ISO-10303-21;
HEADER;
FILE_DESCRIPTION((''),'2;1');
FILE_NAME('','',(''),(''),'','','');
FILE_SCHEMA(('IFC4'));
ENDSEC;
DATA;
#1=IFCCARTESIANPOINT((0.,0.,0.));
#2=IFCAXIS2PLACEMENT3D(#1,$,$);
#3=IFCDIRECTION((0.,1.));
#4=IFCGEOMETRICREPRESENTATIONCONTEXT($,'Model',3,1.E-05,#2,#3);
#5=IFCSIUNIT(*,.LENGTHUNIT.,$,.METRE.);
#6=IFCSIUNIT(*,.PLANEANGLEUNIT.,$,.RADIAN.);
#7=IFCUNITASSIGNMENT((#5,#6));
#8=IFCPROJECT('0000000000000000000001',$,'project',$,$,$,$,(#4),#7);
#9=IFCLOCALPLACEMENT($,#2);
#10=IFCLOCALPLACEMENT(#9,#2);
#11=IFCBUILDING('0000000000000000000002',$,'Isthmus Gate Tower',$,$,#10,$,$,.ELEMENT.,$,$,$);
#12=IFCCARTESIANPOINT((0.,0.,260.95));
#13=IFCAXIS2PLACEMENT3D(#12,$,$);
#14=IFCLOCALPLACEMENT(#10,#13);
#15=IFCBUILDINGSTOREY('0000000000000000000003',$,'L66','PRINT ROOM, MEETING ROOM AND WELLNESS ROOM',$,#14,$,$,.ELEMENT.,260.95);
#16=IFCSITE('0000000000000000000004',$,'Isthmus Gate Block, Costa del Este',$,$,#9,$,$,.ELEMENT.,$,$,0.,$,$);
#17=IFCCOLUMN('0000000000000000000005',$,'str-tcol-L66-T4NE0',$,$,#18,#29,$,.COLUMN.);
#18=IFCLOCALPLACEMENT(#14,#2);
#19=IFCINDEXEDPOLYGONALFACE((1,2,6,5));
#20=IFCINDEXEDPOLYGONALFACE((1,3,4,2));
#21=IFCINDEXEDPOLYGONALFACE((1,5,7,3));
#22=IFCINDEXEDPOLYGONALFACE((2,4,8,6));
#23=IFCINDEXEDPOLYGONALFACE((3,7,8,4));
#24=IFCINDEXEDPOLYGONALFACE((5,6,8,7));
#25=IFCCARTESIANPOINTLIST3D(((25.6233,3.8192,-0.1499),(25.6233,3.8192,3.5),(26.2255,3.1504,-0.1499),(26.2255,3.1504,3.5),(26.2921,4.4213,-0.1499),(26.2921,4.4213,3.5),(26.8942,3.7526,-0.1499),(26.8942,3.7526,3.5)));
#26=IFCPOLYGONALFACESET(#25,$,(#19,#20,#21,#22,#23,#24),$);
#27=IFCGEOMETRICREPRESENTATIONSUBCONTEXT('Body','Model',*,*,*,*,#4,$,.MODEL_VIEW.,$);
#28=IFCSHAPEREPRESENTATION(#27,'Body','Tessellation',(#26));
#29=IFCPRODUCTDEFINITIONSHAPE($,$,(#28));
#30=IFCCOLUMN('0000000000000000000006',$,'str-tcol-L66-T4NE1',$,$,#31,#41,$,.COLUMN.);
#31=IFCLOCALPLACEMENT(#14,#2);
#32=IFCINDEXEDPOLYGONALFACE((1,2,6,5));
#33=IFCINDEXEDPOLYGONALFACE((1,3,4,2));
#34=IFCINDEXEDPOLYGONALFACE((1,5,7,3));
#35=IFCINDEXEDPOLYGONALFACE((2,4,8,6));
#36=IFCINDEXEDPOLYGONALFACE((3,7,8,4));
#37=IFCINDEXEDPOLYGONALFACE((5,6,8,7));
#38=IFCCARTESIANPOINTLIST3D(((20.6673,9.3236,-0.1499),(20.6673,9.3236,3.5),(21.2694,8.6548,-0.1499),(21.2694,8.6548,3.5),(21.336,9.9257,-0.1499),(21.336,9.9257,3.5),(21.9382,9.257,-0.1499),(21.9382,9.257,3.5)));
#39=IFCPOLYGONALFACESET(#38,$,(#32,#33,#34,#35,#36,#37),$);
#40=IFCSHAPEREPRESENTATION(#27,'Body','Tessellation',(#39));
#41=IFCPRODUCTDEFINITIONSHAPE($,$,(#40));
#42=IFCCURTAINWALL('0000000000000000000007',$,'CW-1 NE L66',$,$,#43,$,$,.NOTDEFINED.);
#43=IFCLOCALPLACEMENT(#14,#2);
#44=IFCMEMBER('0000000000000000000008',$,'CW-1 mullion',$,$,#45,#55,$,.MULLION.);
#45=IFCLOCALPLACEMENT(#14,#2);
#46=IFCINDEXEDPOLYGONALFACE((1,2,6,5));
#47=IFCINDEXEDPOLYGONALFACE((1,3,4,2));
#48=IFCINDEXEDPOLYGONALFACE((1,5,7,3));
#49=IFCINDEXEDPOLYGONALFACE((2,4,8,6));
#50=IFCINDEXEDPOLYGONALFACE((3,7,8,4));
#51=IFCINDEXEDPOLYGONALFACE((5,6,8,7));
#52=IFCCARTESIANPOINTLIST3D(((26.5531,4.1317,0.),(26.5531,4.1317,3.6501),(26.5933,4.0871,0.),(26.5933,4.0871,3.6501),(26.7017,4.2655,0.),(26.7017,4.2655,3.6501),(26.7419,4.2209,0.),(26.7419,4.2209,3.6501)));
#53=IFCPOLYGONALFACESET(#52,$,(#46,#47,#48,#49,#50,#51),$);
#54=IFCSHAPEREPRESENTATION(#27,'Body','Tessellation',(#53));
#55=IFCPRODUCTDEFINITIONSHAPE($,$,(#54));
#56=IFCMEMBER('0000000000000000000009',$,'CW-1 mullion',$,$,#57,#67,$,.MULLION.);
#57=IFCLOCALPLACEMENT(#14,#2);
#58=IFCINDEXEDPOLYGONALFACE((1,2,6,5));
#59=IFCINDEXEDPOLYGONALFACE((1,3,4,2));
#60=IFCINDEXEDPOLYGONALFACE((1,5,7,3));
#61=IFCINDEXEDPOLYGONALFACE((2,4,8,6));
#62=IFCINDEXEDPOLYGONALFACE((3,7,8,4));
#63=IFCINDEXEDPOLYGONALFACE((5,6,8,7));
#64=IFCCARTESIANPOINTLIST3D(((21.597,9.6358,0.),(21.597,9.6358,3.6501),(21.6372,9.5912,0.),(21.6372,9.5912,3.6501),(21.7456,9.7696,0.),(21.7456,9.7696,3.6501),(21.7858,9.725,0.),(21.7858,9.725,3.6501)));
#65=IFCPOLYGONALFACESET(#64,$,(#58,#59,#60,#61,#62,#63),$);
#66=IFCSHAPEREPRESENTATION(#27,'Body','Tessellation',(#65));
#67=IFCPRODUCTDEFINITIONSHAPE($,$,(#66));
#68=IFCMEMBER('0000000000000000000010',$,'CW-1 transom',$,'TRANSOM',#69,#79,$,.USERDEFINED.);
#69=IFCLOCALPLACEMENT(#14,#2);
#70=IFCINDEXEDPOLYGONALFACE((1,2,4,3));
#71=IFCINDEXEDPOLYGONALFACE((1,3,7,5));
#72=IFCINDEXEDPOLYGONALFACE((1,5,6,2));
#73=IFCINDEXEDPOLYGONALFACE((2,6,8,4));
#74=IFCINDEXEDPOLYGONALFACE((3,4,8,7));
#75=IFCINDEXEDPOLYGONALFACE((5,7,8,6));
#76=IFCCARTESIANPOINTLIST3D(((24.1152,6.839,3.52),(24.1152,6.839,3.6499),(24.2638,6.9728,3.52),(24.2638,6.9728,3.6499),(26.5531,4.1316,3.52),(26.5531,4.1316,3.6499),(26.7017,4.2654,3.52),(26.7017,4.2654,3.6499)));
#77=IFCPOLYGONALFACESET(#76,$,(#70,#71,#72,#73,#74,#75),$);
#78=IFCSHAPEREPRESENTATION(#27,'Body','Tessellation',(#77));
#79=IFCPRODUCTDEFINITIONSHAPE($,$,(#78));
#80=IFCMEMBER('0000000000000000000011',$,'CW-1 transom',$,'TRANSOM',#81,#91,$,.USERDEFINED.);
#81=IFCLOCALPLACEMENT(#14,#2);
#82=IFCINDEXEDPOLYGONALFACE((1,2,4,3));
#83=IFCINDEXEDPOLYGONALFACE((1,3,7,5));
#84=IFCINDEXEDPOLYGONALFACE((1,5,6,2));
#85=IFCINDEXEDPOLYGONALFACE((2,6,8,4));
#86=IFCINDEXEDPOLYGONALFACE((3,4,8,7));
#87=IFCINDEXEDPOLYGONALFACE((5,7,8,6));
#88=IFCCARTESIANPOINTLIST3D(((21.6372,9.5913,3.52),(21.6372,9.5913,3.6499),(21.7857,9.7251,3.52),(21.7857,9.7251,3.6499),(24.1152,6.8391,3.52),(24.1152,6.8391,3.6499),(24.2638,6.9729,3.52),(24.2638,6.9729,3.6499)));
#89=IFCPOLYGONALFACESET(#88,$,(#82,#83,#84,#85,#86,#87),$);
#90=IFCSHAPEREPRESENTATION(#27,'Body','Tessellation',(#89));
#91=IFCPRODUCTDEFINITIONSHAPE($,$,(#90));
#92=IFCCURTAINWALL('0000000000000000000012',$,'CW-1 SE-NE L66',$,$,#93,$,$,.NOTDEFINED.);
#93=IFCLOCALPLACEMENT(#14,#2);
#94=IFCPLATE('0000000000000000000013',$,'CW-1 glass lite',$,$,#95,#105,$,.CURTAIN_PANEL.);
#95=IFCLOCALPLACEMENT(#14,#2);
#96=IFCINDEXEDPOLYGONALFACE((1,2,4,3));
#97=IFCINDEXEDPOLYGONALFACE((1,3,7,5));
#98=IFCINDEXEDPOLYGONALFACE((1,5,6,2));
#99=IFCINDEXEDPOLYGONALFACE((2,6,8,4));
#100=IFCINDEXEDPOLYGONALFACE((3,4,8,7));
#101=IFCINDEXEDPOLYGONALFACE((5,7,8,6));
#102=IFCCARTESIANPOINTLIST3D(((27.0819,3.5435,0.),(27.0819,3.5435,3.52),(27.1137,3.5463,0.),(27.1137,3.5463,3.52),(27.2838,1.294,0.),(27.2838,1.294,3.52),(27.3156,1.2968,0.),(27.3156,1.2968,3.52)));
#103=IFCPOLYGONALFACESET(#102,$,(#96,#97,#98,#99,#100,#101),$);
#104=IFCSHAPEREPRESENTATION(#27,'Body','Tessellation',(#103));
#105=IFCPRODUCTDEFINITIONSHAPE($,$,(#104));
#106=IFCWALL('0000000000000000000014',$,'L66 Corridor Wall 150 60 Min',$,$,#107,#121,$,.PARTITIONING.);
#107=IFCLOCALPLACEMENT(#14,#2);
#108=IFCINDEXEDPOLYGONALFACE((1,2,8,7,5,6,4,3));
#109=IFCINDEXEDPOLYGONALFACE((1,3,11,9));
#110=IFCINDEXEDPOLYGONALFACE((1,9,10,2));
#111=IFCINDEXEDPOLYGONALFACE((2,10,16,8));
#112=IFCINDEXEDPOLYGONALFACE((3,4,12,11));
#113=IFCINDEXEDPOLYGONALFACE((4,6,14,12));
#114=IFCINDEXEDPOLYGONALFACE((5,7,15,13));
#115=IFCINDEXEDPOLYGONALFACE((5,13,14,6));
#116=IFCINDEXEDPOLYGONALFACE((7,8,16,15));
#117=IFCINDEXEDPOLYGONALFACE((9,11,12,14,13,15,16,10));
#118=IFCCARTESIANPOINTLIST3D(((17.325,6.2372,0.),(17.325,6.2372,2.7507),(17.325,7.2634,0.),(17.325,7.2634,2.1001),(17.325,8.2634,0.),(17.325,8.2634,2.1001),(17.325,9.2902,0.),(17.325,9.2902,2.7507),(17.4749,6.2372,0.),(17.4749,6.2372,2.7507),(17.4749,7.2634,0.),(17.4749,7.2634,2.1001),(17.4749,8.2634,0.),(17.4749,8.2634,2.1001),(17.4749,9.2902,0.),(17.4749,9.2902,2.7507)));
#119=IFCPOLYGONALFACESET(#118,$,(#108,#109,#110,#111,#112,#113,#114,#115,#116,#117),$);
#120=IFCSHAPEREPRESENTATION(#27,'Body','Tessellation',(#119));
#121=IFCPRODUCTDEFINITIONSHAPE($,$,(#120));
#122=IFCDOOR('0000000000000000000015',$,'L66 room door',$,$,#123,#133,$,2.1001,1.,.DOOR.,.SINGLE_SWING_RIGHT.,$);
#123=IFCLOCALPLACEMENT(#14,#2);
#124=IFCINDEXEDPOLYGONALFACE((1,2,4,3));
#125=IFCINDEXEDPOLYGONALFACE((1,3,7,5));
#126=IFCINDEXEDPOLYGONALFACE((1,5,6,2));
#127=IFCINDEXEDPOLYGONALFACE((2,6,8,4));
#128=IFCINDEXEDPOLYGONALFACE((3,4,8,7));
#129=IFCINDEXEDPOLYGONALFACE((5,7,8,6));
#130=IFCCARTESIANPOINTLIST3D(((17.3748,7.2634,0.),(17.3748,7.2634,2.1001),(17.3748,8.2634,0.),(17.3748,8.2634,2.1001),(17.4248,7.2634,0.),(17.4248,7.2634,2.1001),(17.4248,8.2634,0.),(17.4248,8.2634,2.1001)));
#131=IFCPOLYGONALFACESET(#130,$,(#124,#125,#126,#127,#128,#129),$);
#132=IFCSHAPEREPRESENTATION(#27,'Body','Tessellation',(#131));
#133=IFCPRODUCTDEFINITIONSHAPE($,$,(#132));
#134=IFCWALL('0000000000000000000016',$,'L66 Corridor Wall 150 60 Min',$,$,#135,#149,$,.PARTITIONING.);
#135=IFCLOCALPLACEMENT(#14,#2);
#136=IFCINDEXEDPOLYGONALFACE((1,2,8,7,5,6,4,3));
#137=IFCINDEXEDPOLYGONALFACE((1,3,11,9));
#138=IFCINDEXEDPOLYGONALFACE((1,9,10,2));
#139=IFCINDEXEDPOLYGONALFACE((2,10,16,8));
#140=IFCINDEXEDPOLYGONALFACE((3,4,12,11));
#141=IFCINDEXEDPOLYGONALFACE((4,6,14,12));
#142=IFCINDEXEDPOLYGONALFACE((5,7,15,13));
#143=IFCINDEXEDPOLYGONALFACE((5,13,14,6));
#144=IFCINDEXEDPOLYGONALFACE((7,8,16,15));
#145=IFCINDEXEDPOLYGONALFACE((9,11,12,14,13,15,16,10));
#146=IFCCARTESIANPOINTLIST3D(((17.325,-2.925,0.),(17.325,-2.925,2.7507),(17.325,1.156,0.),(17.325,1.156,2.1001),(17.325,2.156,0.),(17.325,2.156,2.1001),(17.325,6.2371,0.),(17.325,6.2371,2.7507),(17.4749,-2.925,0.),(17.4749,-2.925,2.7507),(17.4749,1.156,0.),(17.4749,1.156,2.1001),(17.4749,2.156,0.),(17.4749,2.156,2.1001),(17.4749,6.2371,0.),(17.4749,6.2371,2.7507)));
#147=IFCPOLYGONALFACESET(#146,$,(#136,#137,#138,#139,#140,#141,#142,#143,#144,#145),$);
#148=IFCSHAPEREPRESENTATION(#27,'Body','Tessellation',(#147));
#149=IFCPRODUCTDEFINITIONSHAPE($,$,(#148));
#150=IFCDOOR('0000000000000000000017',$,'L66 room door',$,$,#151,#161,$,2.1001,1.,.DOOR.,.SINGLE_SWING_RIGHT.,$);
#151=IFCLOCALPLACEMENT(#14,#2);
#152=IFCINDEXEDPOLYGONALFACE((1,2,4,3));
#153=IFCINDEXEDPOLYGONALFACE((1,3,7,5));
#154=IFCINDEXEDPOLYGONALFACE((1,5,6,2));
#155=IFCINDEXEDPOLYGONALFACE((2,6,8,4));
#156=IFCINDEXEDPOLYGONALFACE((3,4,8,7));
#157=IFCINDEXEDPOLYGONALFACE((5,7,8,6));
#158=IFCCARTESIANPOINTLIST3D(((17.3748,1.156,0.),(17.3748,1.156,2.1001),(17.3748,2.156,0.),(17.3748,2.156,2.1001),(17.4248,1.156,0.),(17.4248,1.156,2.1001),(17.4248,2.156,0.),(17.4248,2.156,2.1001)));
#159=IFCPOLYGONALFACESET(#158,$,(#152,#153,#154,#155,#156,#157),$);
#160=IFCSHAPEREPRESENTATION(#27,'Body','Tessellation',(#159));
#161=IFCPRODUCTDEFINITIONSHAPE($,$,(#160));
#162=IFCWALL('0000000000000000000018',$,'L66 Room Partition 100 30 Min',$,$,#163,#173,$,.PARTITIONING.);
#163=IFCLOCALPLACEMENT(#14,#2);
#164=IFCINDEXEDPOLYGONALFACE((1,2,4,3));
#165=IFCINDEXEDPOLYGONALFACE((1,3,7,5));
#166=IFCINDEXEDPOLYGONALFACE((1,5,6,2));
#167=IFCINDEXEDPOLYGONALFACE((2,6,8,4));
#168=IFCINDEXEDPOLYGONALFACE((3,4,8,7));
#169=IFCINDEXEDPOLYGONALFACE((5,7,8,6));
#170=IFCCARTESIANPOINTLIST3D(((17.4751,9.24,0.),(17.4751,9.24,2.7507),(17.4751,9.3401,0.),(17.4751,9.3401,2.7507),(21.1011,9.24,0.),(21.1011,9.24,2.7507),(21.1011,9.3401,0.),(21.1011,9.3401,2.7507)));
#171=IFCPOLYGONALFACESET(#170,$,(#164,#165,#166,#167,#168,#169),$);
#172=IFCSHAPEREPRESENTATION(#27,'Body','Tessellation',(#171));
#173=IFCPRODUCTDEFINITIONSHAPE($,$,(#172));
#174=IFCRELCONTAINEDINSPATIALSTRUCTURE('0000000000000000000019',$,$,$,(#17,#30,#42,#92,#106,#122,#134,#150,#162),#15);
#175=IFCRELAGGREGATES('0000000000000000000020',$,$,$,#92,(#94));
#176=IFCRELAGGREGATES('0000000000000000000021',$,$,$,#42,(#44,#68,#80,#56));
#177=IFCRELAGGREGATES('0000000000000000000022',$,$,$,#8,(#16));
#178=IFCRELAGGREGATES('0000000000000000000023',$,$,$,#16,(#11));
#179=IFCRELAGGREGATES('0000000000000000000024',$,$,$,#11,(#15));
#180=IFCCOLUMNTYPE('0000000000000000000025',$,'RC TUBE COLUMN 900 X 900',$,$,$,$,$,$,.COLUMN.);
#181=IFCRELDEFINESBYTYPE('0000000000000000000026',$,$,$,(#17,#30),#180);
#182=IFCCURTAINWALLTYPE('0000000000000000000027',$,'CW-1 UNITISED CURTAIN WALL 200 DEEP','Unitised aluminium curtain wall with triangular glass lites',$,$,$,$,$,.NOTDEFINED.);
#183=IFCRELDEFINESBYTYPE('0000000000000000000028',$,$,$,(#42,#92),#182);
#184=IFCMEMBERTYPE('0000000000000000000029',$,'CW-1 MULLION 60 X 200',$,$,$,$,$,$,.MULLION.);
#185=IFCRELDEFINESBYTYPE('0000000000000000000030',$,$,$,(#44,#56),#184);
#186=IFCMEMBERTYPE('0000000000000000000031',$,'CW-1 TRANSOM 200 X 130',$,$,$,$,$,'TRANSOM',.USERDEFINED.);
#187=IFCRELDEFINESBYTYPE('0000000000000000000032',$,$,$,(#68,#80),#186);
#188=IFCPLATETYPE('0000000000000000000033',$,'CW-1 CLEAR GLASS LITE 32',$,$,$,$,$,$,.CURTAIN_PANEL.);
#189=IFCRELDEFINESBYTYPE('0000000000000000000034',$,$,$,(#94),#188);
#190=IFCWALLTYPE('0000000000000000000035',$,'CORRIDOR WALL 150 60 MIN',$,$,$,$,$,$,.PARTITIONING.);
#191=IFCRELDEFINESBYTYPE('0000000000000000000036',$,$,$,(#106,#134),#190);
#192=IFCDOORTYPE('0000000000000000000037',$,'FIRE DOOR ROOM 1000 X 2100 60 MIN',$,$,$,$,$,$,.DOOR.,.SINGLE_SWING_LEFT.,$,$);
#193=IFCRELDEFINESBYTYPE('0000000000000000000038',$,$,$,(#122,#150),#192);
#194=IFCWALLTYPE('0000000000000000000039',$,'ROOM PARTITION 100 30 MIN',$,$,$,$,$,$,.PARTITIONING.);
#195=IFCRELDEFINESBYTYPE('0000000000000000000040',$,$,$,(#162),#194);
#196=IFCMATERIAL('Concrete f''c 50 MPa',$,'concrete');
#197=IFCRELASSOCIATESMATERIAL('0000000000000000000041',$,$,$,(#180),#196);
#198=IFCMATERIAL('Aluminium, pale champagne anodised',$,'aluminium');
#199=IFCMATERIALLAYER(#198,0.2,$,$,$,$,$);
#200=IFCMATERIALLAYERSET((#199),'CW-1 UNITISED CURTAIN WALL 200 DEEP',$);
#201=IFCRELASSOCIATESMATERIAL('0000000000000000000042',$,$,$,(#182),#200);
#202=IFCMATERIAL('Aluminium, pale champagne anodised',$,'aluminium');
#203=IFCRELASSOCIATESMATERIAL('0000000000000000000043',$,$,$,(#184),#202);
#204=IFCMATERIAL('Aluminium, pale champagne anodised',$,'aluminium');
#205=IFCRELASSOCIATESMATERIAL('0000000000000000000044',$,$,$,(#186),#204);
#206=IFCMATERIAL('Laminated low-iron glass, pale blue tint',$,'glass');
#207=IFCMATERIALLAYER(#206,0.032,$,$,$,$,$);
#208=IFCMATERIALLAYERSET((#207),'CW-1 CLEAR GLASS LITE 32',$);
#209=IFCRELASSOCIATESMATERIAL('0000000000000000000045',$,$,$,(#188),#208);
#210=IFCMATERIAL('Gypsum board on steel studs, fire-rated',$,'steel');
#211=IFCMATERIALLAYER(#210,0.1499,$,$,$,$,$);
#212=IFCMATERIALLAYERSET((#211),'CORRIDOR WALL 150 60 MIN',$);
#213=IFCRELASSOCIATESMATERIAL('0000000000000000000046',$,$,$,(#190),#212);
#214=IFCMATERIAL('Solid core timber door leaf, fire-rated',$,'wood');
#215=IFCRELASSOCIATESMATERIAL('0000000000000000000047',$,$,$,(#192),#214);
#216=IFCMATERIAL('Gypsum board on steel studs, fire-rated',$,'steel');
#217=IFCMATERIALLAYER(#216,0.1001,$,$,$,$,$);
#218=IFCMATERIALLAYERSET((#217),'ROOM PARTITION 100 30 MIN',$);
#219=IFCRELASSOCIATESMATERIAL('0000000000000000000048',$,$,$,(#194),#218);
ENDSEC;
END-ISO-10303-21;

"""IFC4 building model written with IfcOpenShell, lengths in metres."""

from ifc_helpers import new_model, si_unit, direction, frame, frame_2d, origin, origin_2d, place, context, subcontext, project, spatial, rectangle, extrude, material, layer, layer_set, material_profile, profile_set, type_object, element, fill, aggregate, save


model = new_model("IFC4")

# Units and contexts
model_context = context("Model", 3, precision=1e-05, world=origin(), true_north=direction((0.0, 1.0)))
body_context = subcontext(model_context, "Body", "Model", "MODEL_VIEW")
ifc_project = project(units=[si_unit("LENGTHUNIT", "METRE"), si_unit("PLANEANGLEUNIT", "RADIAN")], contexts=[model_context])

# Site, building, storey
site_placement = place(None, origin())
site = spatial("IfcSite", under=ifc_project, at=site_placement, Name="Isthmus Gate Block, Costa del Este", CompositionType="ELEMENT", RefElevation=0.0)
building_placement = place(site_placement, origin())
building = spatial("IfcBuilding", under=site, at=building_placement, Name="Isthmus Gate Tower", CompositionType="ELEMENT")
storey_placement = place(building_placement, frame((0.0, 0.0, 260.95)))
storey = spatial("IfcBuildingStorey", under=building, at=storey_placement, Name="L66", Description="PRINT ROOM, MEETING ROOM AND WELLNESS ROOM", CompositionType="ELEMENT", Elevation=260.95)

# Columns
ifc_material_1 = material(Name="Concrete f'c 50 MPa", Category="concrete")
ifc_material_profile_1 = material_profile(ifc_material_1, rectangle(XDim=0.8999, YDim=0.8999, at=origin_2d()), Name="RC 900X900")
ifc_profile_set_1 = profile_set([ifc_material_profile_1], Name="Concrete f'c 50 MPa")
column_type = type_object("IfcColumnType", Name="RC TUBE COLUMN 900 X 900", PredefinedType="COLUMN", material=ifc_profile_set_1)
for number, where, z_axis, x_axis, name in (
    (1, (26.2588, 3.7859, -0.1499), (0.0, 0.0, 1.0), (-0.669131, 0.743145, 0.0), "str-tcol-L66-T4NE0"),
    (2, (21.3027, 9.2903, -0.1499), (0.0, 0.0, 1.0), (-0.669131, 0.743145, 0.0), "str-tcol-L66-T4NE1"),
):
    element("IfcColumn", number, at=place(storey_placement, frame(where, z_axis=z_axis, x_axis=x_axis)), inside=storey, type_object=column_type, Name=name, PredefinedType="COLUMN", context=body_context, shape_type="SweptSolid", body=[
        extrude(rectangle(XDim=0.8999, YDim=0.8999, at=origin_2d()), origin(), (0.0, 0.0, 1.0), 3.6499),
    ])

# Curtain wall, members
ifc_material_2 = material(Name="Aluminium, pale champagne anodised", Category="aluminium")
ifc_layer_1 = layer(ifc_material_2, 0.2)
ifc_layer_set_1 = layer_set([ifc_layer_1], Name="CW-1 UNITISED CURTAIN WALL 200 DEEP")
curtain_wall_type = type_object("IfcCurtainWallType", Name="CW-1 UNITISED CURTAIN WALL 200 DEEP", Description="Unitised aluminium curtain wall with triangular glass lites", PredefinedType="NOTDEFINED", material=ifc_layer_set_1)
curtain_wall_1_placement = place(storey_placement, origin())
curtain_wall_1 = element("IfcCurtainWall", 3, at=curtain_wall_1_placement, inside=storey, type_object=curtain_wall_type, Name="CW-1 NE L66", PredefinedType="NOTDEFINED")
ifc_material_3 = material(Name="Aluminium, pale champagne anodised", Category="aluminium")
ifc_material_profile_2 = material_profile(ifc_material_3, rectangle(XDim=0.0601, YDim=0.2, at=origin_2d()), Name="60x200")
ifc_profile_set_2 = profile_set([ifc_material_profile_2], Name="Aluminium, pale champagne anodised")
member_type_1 = type_object("IfcMemberType", Name="CW-1 MULLION 60 X 200", PredefinedType="MULLION", material=ifc_profile_set_2)
member_1_placement = place(storey_placement, frame((26.6475, 4.1763, 0.0), z_axis=(0.0, 0.0, 1.0), x_axis=(-0.669131, 0.743145, 0.0)))
member_1 = element("IfcMember", 4, at=member_1_placement, type_object=member_type_1, Name="CW-1 mullion", PredefinedType="MULLION", context=body_context, shape_type="SweptSolid", body=[
    extrude(rectangle(XDim=0.0601, YDim=0.2, at=origin_2d()), origin(), (0.0, 0.0, 1.0), 3.6501),
])
member_2_placement = place(storey_placement, frame((21.6914, 9.6804, 0.0), z_axis=(0.0, 0.0, 1.0), x_axis=(-0.669131, 0.743145, 0.0)))
member_2 = element("IfcMember", 5, at=member_2_placement, type_object=member_type_1, Name="CW-1 mullion", PredefinedType="MULLION", context=body_context, shape_type="SweptSolid", body=[
    extrude(rectangle(XDim=0.0601, YDim=0.2, at=origin_2d()), origin(), (0.0, 0.0, 1.0), 3.6501),
])
ifc_material_4 = material(Name="Aluminium, pale champagne anodised", Category="aluminium")
ifc_material_profile_3 = material_profile(ifc_material_4, rectangle(XDim=0.2, YDim=0.1299, at=origin_2d()), Name="200x130")
ifc_profile_set_3 = profile_set([ifc_material_profile_3], Name="Aluminium, pale champagne anodised")
member_type_2 = type_object("IfcMemberType", Name="CW-1 TRANSOM 200 X 130", ElementType="TRANSOM", PredefinedType="USERDEFINED", material=ifc_profile_set_3)
member_3_placement = place(storey_placement, frame((26.6274, 4.1985, 3.585), z_axis=(-0.66915, 0.743128, 0.0), x_axis=(-0.743128, -0.66915, 0.0)))
member_3 = element("IfcMember", 6, at=member_3_placement, type_object=member_type_2, Name="CW-1 transom", ObjectType="TRANSOM", PredefinedType="USERDEFINED", context=body_context, shape_type="SweptSolid", body=[
    extrude(rectangle(XDim=0.2, YDim=0.1299, at=origin_2d()), origin(), (0.0, 0.0, 1.0), 3.6433),
])
member_4_placement = place(storey_placement, frame((24.1895, 6.906, 3.585), z_axis=(-0.669121, 0.743153, 0.0), x_axis=(-0.743153, -0.669121, 0.0)))
member_4 = element("IfcMember", 7, at=member_4_placement, type_object=member_type_2, Name="CW-1 transom", ObjectType="TRANSOM", PredefinedType="USERDEFINED", context=body_context, shape_type="SweptSolid", body=[
    extrude(rectangle(XDim=0.2, YDim=0.1299, at=origin_2d()), origin(), (0.0, 0.0, 1.0), 3.7034),
])

# Curtain wall, plate
curtain_wall_2_placement = place(storey_placement, origin())
curtain_wall_2 = element("IfcCurtainWall", 8, at=curtain_wall_2_placement, inside=storey, type_object=curtain_wall_type, Name="CW-1 SE-NE L66", PredefinedType="NOTDEFINED")
ifc_material_5 = material(Name="Laminated low-iron glass, pale blue tint", Category="glass")
ifc_layer_2 = layer(ifc_material_5, 0.032)
ifc_layer_set_2 = layer_set([ifc_layer_2], Name="CW-1 CLEAR GLASS LITE 32")
plate_type = type_object("IfcPlateType", Name="CW-1 CLEAR GLASS LITE 32", PredefinedType="CURTAIN_PANEL", material=ifc_layer_set_2)
plate_placement = place(storey_placement, frame((27.1987, 2.4202, 0.0), z_axis=(0.0, 0.0, 1.0), x_axis=(-0.089397, 0.995996, 0.0)))
plate = element("IfcPlate", 9, at=plate_placement, type_object=plate_type, Name="CW-1 glass lite", PredefinedType="CURTAIN_PANEL", context=body_context, shape_type="SweptSolid", body=[
    extrude(rectangle(XDim=2.2585, YDim=0.032, at=origin_2d()), origin(), (0.0, 0.0, 1.0), 3.52),
])
aggregate(curtain_wall_2, [plate])

# Walls, openings, doors
ifc_material_6 = material(Name="Gypsum board on steel studs, fire-rated", Category="steel")
ifc_layer_3 = layer(ifc_material_6, 0.1499)
ifc_layer_set_3 = layer_set([ifc_layer_3], Name="CORRIDOR WALL 150 60 MIN")
wall_type_1 = type_object("IfcWallType", Name="CORRIDOR WALL 150 60 MIN", PredefinedType="PARTITIONING", material=ifc_layer_set_3)
wall_1_placement = place(storey_placement, frame((17.3999, 9.29, 0.0), z_axis=(0.0, 0.0, 1.0), x_axis=(0.0, -1.0, 0.0)))
wall_1 = element("IfcWall", 10, at=wall_1_placement, inside=storey, type_object=wall_type_1, Name="L66 Corridor Wall 150 60 Min", PredefinedType="PARTITIONING", context=body_context, shape_type="SweptSolid", body=[
    extrude(rectangle(XDim=3.053, YDim=0.1499, at=frame_2d((1.5264, 0.0))), origin(), (0.0, 0.0, 1.0), 2.7507),
])
opening_1_placement = place(wall_1_placement, frame((1.0266, 0.0, 0.0)))
opening_1 = element("IfcOpeningElement", 11, at=opening_1_placement, cuts=wall_1, PredefinedType="OPENING", context=body_context, shape_type="SweptSolid", body=[
    extrude(rectangle(XDim=1.0, YDim=2.1001, at=frame_2d((0.5, 1.05))), frame((0.0, 0.085, 0.0), z_axis=(0.0, -1.0, 0.0), x_axis=(1.0, 0.0, 0.0)), (0.0, 0.0, 1.0), 0.1699),
])
ifc_material_7 = material(Name="Solid core timber door leaf, fire-rated", Category="wood")
door_type = type_object("IfcDoorType", Name="FIRE DOOR ROOM 1000 X 2100 60 MIN", OperationType="SINGLE_SWING_LEFT", PredefinedType="DOOR", material=ifc_material_7)
door_1_placement = place(opening_1_placement, origin())
door_1 = element("IfcDoor", 12, at=door_1_placement, inside=storey, type_object=door_type, Name="L66 room door", OperationType="SINGLE_SWING_RIGHT", OverallHeight=2.1001, OverallWidth=1.0, PredefinedType="DOOR", context=body_context, shape_type="SweptSolid", body=[
    extrude(rectangle(XDim=1.0, YDim=2.1001, at=frame_2d((0.5, 1.05))), frame((0.0, 0.0249, 0.0), z_axis=(0.0, -1.0, 0.0), x_axis=(1.0, 0.0, 0.0)), (0.0, 0.0, 1.0), 0.05),
])
fill(opening_1, door_1)
wall_2_placement = place(storey_placement, frame((17.3999, 6.2371, 0.0), z_axis=(0.0, 0.0, 1.0), x_axis=(0.0, -1.0, 0.0)))
wall_2 = element("IfcWall", 13, at=wall_2_placement, inside=storey, type_object=wall_type_1, Name="L66 Corridor Wall 150 60 Min", PredefinedType="PARTITIONING", context=body_context, shape_type="SweptSolid", body=[
    extrude(rectangle(XDim=9.1621, YDim=0.1499, at=frame_2d((4.5811, 0.0))), origin(), (0.0, 0.0, 1.0), 2.7507),
])
opening_2_placement = place(wall_2_placement, frame((4.0811, 0.0, 0.0)))
opening_2 = element("IfcOpeningElement", 14, at=opening_2_placement, cuts=wall_2, PredefinedType="OPENING", context=body_context, shape_type="SweptSolid", body=[
    extrude(rectangle(XDim=1.0, YDim=2.1001, at=frame_2d((0.5, 1.05))), frame((0.0, 0.085, 0.0), z_axis=(0.0, -1.0, 0.0), x_axis=(1.0, 0.0, 0.0)), (0.0, 0.0, 1.0), 0.1699),
])
door_2_placement = place(opening_2_placement, origin())
door_2 = element("IfcDoor", 15, at=door_2_placement, inside=storey, type_object=door_type, Name="L66 room door", OperationType="SINGLE_SWING_RIGHT", OverallHeight=2.1001, OverallWidth=1.0, PredefinedType="DOOR", context=body_context, shape_type="SweptSolid", body=[
    extrude(rectangle(XDim=1.0, YDim=2.1001, at=frame_2d((0.5, 1.05))), frame((0.0, 0.0249, 0.0), z_axis=(0.0, -1.0, 0.0), x_axis=(1.0, 0.0, 0.0)), (0.0, 0.0, 1.0), 0.05),
])
fill(opening_2, door_2)

# Wall
ifc_material_8 = material(Name="Gypsum board on steel studs, fire-rated", Category="steel")
ifc_layer_4 = layer(ifc_material_8, 0.1001)
ifc_layer_set_4 = layer_set([ifc_layer_4], Name="ROOM PARTITION 100 30 MIN")
wall_type_2 = type_object("IfcWallType", Name="ROOM PARTITION 100 30 MIN", PredefinedType="PARTITIONING", material=ifc_layer_set_4)
wall_3_placement = place(storey_placement, frame((17.4751, 9.29, 0.0), z_axis=(0.0, 0.0, 1.0), x_axis=(1.0, 0.0, 0.0)))
element("IfcWall", 16, at=wall_3_placement, inside=storey, type_object=wall_type_2, Name="L66 Room Partition 100 30 Min", PredefinedType="PARTITIONING", context=body_context, shape_type="SweptSolid", body=[
    extrude(rectangle(XDim=3.626, YDim=0.1001, at=frame_2d((1.813, 0.0))), origin(), (0.0, 0.0, 1.0), 2.7507),
])

aggregate(curtain_wall_1, [member_1, member_3, member_4, member_2])

save(model, "model.ifc")
